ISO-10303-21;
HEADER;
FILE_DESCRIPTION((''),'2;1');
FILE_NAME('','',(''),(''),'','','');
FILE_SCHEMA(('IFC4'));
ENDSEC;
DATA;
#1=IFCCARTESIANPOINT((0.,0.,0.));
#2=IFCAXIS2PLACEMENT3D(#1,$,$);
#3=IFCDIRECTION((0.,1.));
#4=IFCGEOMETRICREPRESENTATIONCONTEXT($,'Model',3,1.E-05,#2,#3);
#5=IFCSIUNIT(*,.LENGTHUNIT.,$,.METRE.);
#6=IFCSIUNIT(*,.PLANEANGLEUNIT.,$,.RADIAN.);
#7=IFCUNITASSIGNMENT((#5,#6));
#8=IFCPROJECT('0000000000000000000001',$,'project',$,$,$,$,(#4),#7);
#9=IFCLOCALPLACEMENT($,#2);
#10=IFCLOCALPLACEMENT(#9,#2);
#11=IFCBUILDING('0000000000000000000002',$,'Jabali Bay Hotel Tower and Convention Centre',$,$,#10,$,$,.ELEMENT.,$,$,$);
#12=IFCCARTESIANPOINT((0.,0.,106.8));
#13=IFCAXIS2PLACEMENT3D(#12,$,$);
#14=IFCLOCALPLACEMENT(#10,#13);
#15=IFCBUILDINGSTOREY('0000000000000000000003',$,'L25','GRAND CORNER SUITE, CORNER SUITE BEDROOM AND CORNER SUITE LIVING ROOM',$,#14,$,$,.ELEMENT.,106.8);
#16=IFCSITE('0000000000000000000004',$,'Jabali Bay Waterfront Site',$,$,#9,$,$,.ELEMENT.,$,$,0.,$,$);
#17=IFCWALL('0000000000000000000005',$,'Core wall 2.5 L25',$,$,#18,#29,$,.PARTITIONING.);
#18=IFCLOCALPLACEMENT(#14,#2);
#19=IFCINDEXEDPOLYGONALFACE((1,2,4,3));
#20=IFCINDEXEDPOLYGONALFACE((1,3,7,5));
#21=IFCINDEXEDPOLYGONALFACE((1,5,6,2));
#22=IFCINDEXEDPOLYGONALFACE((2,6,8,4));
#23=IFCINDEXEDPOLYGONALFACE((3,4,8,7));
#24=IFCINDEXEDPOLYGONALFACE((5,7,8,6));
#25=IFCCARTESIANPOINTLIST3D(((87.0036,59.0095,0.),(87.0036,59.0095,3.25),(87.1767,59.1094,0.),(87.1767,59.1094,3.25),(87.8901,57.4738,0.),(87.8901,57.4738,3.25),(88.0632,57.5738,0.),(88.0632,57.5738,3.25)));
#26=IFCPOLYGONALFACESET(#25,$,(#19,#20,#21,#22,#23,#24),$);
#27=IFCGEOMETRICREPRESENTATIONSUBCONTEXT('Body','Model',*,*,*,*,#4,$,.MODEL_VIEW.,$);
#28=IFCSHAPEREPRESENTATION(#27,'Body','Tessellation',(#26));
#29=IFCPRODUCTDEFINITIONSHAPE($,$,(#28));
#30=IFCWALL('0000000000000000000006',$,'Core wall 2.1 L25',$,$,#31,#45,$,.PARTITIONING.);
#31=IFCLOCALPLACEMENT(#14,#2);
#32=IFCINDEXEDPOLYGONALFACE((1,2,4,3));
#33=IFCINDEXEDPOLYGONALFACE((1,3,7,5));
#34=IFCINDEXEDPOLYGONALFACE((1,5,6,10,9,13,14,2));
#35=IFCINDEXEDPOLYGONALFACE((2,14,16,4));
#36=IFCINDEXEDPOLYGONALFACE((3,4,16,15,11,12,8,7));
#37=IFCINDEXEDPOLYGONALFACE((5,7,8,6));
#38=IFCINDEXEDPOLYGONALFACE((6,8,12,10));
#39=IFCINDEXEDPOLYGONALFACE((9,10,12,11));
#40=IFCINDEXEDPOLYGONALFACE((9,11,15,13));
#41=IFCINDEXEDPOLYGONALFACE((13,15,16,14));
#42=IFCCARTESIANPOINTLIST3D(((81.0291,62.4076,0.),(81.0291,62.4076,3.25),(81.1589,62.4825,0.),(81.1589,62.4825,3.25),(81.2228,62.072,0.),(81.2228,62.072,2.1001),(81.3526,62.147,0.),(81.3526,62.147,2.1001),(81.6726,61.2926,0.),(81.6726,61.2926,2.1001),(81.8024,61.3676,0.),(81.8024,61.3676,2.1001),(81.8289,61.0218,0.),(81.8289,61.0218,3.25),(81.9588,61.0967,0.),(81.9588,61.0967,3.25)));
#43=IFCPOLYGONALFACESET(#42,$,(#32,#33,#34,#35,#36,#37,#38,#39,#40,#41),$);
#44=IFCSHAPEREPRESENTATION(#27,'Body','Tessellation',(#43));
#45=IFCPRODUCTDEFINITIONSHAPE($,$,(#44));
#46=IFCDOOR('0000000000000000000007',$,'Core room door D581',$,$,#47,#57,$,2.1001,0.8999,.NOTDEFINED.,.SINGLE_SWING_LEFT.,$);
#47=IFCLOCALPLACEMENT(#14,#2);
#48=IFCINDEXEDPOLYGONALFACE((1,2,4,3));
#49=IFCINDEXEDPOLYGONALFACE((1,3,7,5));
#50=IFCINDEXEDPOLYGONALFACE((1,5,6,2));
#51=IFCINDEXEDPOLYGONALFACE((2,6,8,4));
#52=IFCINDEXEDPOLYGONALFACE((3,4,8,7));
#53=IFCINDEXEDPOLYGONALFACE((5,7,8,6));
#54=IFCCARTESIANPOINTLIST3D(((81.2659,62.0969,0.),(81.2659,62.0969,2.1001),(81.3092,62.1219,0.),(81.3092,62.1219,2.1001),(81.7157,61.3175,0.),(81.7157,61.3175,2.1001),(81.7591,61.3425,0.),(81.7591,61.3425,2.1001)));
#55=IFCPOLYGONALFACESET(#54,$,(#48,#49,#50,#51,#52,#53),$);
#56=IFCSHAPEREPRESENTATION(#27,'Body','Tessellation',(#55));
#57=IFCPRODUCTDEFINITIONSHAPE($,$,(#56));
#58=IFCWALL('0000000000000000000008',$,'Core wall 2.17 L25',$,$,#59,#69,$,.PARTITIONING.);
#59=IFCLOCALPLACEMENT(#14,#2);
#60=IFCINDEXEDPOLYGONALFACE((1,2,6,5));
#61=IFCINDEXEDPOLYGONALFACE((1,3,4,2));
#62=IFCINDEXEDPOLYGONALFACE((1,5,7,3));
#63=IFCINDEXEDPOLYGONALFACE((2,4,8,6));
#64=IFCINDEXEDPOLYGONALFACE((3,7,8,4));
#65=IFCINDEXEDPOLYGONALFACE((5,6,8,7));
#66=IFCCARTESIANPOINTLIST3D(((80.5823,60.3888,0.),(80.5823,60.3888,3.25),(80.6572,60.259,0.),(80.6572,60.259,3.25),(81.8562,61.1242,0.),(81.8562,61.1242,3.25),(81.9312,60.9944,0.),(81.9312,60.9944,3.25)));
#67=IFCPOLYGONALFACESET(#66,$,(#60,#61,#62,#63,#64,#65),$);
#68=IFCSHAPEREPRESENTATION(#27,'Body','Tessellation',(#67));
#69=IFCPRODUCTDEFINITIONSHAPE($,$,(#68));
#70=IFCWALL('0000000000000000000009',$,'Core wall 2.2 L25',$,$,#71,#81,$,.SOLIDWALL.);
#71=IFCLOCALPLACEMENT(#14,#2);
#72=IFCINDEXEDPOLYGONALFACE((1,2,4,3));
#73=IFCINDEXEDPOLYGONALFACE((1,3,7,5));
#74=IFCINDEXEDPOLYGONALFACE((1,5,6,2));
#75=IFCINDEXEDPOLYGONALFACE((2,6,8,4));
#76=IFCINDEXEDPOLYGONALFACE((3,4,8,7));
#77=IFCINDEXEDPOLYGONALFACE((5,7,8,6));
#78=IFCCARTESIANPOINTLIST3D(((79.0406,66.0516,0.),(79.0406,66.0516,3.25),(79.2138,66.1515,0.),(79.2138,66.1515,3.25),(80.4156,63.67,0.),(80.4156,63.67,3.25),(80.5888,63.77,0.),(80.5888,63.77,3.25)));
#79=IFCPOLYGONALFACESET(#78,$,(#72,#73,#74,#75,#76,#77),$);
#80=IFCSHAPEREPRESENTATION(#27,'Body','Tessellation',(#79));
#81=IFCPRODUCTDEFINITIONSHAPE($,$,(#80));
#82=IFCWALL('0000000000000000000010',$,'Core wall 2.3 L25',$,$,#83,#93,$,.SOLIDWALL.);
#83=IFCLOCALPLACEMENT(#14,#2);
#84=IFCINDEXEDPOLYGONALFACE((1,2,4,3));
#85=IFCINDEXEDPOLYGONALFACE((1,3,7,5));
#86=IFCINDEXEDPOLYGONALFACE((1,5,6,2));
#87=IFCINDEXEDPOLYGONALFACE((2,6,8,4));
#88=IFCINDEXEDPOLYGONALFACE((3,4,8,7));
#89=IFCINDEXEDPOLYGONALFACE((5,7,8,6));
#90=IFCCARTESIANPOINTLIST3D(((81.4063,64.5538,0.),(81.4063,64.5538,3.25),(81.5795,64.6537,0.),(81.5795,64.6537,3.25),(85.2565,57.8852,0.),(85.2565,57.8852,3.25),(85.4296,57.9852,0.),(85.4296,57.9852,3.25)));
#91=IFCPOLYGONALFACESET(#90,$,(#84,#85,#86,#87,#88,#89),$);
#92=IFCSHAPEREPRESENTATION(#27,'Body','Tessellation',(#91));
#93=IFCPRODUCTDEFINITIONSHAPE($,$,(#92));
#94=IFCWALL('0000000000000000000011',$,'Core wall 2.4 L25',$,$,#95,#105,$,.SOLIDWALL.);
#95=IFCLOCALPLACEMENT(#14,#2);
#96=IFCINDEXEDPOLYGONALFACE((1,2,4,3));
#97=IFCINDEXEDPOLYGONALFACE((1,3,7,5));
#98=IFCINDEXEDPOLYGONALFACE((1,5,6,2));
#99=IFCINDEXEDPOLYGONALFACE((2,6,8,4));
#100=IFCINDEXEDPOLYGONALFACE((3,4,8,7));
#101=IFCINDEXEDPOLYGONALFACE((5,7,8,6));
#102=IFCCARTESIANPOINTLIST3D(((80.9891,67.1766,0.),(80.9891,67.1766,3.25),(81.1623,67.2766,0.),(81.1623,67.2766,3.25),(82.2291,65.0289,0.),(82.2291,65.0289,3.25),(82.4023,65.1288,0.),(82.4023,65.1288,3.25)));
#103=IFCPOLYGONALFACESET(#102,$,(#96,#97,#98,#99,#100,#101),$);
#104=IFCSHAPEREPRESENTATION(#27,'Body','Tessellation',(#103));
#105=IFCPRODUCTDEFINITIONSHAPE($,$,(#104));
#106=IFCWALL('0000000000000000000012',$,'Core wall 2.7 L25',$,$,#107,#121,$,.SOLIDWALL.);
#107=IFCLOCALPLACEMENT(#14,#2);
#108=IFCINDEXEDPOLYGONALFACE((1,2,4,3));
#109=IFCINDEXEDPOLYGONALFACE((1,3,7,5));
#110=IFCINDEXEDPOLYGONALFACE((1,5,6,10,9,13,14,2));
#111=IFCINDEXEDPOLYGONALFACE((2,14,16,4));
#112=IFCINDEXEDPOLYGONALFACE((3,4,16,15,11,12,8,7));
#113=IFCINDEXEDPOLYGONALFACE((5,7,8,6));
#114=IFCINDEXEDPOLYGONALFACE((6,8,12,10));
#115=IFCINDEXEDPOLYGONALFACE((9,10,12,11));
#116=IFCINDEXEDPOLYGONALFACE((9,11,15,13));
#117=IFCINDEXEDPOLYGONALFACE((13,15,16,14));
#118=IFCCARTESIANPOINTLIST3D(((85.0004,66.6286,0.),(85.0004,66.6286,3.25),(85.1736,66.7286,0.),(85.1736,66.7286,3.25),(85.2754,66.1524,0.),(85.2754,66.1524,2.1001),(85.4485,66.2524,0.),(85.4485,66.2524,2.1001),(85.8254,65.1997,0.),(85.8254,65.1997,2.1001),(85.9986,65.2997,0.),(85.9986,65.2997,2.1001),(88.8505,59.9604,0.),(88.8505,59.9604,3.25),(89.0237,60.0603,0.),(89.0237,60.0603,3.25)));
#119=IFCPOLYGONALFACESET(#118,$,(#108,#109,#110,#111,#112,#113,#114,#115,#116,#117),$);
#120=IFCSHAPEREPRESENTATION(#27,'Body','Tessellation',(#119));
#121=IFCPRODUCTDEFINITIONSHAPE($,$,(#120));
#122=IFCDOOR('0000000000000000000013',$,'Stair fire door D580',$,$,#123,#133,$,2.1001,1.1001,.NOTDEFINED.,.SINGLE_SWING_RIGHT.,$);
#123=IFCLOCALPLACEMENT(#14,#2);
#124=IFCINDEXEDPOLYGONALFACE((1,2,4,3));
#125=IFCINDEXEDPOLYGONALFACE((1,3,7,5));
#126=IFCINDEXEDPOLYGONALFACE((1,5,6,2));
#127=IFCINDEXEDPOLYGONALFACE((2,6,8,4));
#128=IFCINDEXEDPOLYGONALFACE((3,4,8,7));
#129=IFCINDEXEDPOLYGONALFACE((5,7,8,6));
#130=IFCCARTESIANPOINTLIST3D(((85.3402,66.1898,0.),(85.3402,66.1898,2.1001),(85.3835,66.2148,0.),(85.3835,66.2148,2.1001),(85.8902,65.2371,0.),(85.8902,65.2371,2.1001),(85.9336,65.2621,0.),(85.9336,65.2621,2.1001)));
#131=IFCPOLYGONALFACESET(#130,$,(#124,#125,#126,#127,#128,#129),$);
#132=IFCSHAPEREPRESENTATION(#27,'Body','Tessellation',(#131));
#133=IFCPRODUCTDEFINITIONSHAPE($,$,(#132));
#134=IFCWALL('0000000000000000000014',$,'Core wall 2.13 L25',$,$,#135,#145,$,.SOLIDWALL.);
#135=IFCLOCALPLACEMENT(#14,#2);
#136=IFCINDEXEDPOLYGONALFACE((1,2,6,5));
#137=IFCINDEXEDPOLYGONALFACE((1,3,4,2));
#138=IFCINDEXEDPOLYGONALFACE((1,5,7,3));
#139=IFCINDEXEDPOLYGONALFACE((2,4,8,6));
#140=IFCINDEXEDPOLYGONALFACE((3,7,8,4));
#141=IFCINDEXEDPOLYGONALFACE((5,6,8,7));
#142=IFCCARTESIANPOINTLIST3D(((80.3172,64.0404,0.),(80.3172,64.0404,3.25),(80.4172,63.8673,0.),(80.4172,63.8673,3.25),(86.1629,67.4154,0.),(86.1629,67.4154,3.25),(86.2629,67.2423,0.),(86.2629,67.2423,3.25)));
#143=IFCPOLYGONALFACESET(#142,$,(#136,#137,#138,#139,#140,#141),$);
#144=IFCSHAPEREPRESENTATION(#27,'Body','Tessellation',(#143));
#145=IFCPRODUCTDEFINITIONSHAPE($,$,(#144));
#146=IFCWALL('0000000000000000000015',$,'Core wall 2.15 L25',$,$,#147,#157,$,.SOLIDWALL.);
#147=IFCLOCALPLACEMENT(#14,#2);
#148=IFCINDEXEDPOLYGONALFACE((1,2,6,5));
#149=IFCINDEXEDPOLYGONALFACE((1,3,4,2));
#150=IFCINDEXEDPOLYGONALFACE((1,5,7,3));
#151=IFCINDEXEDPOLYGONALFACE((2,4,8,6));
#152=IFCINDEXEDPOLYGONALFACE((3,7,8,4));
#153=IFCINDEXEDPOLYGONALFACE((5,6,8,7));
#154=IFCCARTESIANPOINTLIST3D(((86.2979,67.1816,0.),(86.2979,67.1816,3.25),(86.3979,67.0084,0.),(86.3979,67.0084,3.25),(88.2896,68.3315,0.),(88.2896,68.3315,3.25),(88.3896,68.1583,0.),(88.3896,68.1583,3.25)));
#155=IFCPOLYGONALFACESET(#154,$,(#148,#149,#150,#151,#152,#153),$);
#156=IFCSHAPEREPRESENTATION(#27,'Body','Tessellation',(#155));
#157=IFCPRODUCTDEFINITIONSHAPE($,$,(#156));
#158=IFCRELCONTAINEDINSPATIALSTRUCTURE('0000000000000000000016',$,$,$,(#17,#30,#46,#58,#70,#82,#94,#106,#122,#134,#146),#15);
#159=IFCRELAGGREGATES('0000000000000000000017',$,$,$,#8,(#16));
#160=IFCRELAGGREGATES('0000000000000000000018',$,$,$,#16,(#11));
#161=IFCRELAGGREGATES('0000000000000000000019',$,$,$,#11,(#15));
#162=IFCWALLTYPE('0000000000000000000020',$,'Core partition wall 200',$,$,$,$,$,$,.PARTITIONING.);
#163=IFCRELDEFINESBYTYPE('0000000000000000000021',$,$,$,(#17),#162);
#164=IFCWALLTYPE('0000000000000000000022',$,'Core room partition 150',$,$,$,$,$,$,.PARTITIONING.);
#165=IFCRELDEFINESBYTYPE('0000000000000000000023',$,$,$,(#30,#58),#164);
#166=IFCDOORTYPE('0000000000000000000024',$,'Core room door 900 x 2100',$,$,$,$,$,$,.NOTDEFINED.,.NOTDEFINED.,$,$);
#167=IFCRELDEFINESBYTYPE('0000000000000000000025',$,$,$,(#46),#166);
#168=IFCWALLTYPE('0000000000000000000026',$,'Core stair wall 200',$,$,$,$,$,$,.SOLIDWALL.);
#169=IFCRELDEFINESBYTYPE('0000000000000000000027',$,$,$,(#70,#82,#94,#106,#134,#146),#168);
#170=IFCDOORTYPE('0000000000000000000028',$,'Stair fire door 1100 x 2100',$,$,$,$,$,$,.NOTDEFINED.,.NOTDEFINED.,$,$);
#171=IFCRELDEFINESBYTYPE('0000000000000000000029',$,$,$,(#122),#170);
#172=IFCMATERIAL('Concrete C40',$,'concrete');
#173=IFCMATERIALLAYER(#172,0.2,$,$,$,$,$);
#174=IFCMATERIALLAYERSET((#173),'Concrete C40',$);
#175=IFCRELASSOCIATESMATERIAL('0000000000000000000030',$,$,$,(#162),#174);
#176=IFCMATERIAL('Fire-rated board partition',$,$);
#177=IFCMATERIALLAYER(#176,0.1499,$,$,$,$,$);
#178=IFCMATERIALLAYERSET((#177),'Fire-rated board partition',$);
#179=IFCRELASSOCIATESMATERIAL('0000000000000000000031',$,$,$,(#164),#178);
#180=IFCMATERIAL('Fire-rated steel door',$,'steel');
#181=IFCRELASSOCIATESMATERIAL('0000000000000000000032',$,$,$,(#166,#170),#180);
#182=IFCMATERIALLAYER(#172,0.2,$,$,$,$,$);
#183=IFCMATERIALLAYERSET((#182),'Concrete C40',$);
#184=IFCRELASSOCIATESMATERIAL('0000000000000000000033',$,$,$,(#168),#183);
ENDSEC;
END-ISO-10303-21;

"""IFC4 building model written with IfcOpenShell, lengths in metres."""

from ifc_helpers import new_model, si_unit, direction, frame, frame_2d, origin, place, context, subcontext, project, spatial, rectangle, extrude, material, layer, layer_set, type_object, element, fill, save


model = new_model("IFC4")

# Units and contexts
model_context = context("Model", 3, precision=1e-05, world=origin(), true_north=direction((0.0, 1.0)))
body_context = subcontext(model_context, "Body", "Model", "MODEL_VIEW")
ifc_project = project(units=[si_unit("LENGTHUNIT", "METRE"), si_unit("PLANEANGLEUNIT", "RADIAN")], contexts=[model_context])

# Site, building, storey
site_placement = place(None, origin())
site = spatial("IfcSite", under=ifc_project, at=site_placement, Name="Jabali Bay Waterfront Site", CompositionType="ELEMENT", RefElevation=0.0)
building_placement = place(site_placement, origin())
building = spatial("IfcBuilding", under=site, at=building_placement, Name="Jabali Bay Hotel Tower and Convention Centre", CompositionType="ELEMENT")
storey_placement = place(building_placement, frame((0.0, 0.0, 106.8)))
storey = spatial("IfcBuildingStorey", under=building, at=storey_placement, Name="L25", Description="GRAND CORNER SUITE, CORNER SUITE BEDROOM AND CORNER SUITE LIVING ROOM", CompositionType="ELEMENT", Elevation=106.8)

# Wall
ifc_material_1 = material(Name="Concrete C40", Category="concrete")
ifc_layer_1 = layer(ifc_material_1, 0.2)
ifc_layer_set_1 = layer_set([ifc_layer_1], Name="Concrete C40")
wall_type_1 = type_object("IfcWallType", Name="Core partition wall 200", PredefinedType="PARTITIONING", material=ifc_layer_set_1)
wall_1_placement = place(storey_placement, frame((87.0901, 59.0596, 0.0), z_axis=(0.0, 0.0, 1.0), x_axis=(0.499945, -0.866057, 0.0)))
element("IfcWall", 1, at=wall_1_placement, inside=storey, type_object=wall_type_1, Name="Core wall 2.5 L25", PredefinedType="PARTITIONING", context=body_context, shape_type="SweptSolid", body=[
    extrude(rectangle(XDim=1.7732, YDim=0.2, at=frame_2d((0.8867, 0.0))), origin(), (0.0, 0.0, 1.0), 3.25),
])

# Wall, opening, door
ifc_material_2 = material(Name="Fire-rated board partition")
ifc_layer_2 = layer(ifc_material_2, 0.1499)
ifc_layer_set_2 = layer_set([ifc_layer_2], Name="Fire-rated board partition")
wall_type_2 = type_object("IfcWallType", Name="Core room partition 150", PredefinedType="PARTITIONING", material=ifc_layer_set_2)
wall_2_placement = place(storey_placement, frame((81.094, 62.4451, 0.0), z_axis=(0.0, 0.0, 1.0), x_axis=(0.499881, -0.866094, 0.0)))
wall_2 = element("IfcWall", 2, at=wall_2_placement, inside=storey, type_object=wall_type_2, Name="Core wall 2.1 L25", PredefinedType="PARTITIONING", context=body_context, shape_type="SweptSolid", body=[
    extrude(rectangle(XDim=1.6001, YDim=0.1499, at=frame_2d((0.8, 0.0))), origin(), (0.0, 0.0, 1.0), 3.25),
])
opening_1_placement = place(wall_2_placement, frame((0.3875, 0.0, 0.0)))
opening_1 = element("IfcOpeningElement", 3, at=opening_1_placement, cuts=wall_2, PredefinedType="OPENING", context=body_context, shape_type="SweptSolid", body=[
    extrude(rectangle(XDim=0.8999, YDim=2.1001, at=frame_2d((0.45, 1.05))), frame((0.0, 0.0854, 0.0), z_axis=(0.0, -1.0, 0.0), x_axis=(1.0, 0.0, 0.0)), (0.0, 0.0, 1.0), 0.1709),
])
ifc_material_3 = material(Name="Fire-rated steel door", Category="steel")
door_type_1 = type_object("IfcDoorType", Name="Core room door 900 x 2100", OperationType="NOTDEFINED", PredefinedType="NOTDEFINED", material=ifc_material_3)
door_1_placement = place(opening_1_placement, origin())
door_1 = element("IfcDoor", 4, at=door_1_placement, inside=storey, type_object=door_type_1, Name="Core room door D581", OperationType="SINGLE_SWING_LEFT", OverallHeight=2.1001, OverallWidth=0.8999, PredefinedType="NOTDEFINED", context=body_context, shape_type="SweptSolid", body=[
    extrude(rectangle(XDim=0.8999, YDim=2.1001, at=frame_2d((0.45, 1.05))), frame((0.0, 0.0249, 0.0), z_axis=(0.0, -1.0, 0.0), x_axis=(1.0, 0.0, 0.0)), (0.0, 0.0, 1.0), 0.05),
])
fill(opening_1, door_1)

# Walls
wall_3_placement = place(storey_placement, frame((80.6199, 60.324, 0.0), z_axis=(0.0, 0.0, 1.0), x_axis=(0.86607, 0.499924, 0.0)))
element("IfcWall", 5, at=wall_3_placement, inside=storey, type_object=wall_type_2, Name="Core wall 2.17 L25", PredefinedType="PARTITIONING", context=body_context, shape_type="SweptSolid", body=[
    extrude(rectangle(XDim=1.4709, YDim=0.1499, at=frame_2d((0.7354, 0.0))), origin(), (0.0, 0.0, 1.0), 3.25),
])
ifc_layer_3 = layer(ifc_material_1, 0.2)
ifc_layer_set_3 = layer_set([ifc_layer_3], Name="Concrete C40")
wall_type_3 = type_object("IfcWallType", Name="Core stair wall 200", PredefinedType="SOLIDWALL", material=ifc_layer_set_3)
wall_4_placement = place(storey_placement, frame((79.1272, 66.1016, 0.0), z_axis=(0.0, 0.0, 1.0), x_axis=(0.499997, -0.866027, 0.0)))
element("IfcWall", 6, at=wall_4_placement, inside=storey, type_object=wall_type_3, Name="Core wall 2.2 L25", PredefinedType="SOLIDWALL", context=body_context, shape_type="SweptSolid", body=[
    extrude(rectangle(XDim=2.75, YDim=0.2, at=frame_2d((1.375, 0.0))), origin(), (0.0, 0.0, 1.0), 3.25),
])
wall_5_placement = place(storey_placement, frame((81.4929, 64.6038, 0.0), z_axis=(0.0, 0.0, 1.0), x_axis=(0.500006, -0.866022, 0.0)))
element("IfcWall", 7, at=wall_5_placement, inside=storey, type_object=wall_type_3, Name="Core wall 2.3 L25", PredefinedType="SOLIDWALL", context=body_context, shape_type="SweptSolid", body=[
    extrude(rectangle(XDim=7.7002, YDim=0.2, at=frame_2d((3.8501, 0.0))), origin(), (0.0, 0.0, 1.0), 3.25),
])
wall_6_placement = place(storey_placement, frame((81.0757, 67.2266, 0.0), z_axis=(0.0, 0.0, 1.0), x_axis=(0.500004, -0.866023, 0.0)))
element("IfcWall", 8, at=wall_6_placement, inside=storey, type_object=wall_type_3, Name="Core wall 2.4 L25", PredefinedType="SOLIDWALL", context=body_context, shape_type="SweptSolid", body=[
    extrude(rectangle(XDim=2.48, YDim=0.2, at=frame_2d((1.24, 0.0))), origin(), (0.0, 0.0, 1.0), 3.25),
])

# Wall, opening, door
wall_7_placement = place(storey_placement, frame((85.0869, 66.6787, 0.0), z_axis=(0.0, 0.0, 1.0), x_axis=(0.50002, -0.866014, 0.0)))
wall_7 = element("IfcWall", 9, at=wall_7_placement, inside=storey, type_object=wall_type_3, Name="Core wall 2.7 L25", PredefinedType="SOLIDWALL", context=body_context, shape_type="SweptSolid", body=[
    extrude(rectangle(XDim=7.7, YDim=0.2, at=frame_2d((3.8501, 0.0))), origin(), (0.0, 0.0, 1.0), 3.25),
])
opening_2_placement = place(wall_7_placement, frame((0.55, 0.0, 0.0)))
opening_2 = element("IfcOpeningElement", 10, at=opening_2_placement, cuts=wall_7, PredefinedType="OPENING", context=body_context, shape_type="SweptSolid", body=[
    extrude(rectangle(XDim=1.1001, YDim=2.1001, at=frame_2d((0.55, 1.05))), frame((0.0, 0.1104, 0.0), z_axis=(0.0, -1.0, 0.0), x_axis=(1.0, 0.0, 0.0)), (0.0, 0.0, 1.0), 0.2209),
])
door_type_2 = type_object("IfcDoorType", Name="Stair fire door 1100 x 2100", OperationType="NOTDEFINED", PredefinedType="NOTDEFINED", material=ifc_material_3)
door_2_placement = place(opening_2_placement, origin())
door_2 = element("IfcDoor", 11, at=door_2_placement, inside=storey, type_object=door_type_2, Name="Stair fire door D580", OperationType="SINGLE_SWING_RIGHT", OverallHeight=2.1001, OverallWidth=1.1001, PredefinedType="NOTDEFINED", context=body_context, shape_type="SweptSolid", body=[
    extrude(rectangle(XDim=1.1001, YDim=2.1001, at=frame_2d((0.55, 1.05))), frame((0.0, 0.0249, 0.0), z_axis=(0.0, -1.0, 0.0), x_axis=(1.0, 0.0, 0.0)), (0.0, 0.0, 1.0), 0.05),
])
fill(opening_2, door_2)

# Walls
wall_8_placement = place(storey_placement, frame((80.3672, 63.9539, 0.0), z_axis=(0.0, 0.0, 1.0), x_axis=(0.866027, 0.499998, 0.0)))
element("IfcWall", 12, at=wall_8_placement, inside=storey, type_object=wall_type_3, Name="Core wall 2.13 L25", PredefinedType="SOLIDWALL", context=body_context, shape_type="SweptSolid", body=[
    extrude(rectangle(XDim=6.75, YDim=0.2, at=frame_2d((3.375, 0.0))), origin(), (0.0, 0.0, 1.0), 3.25),
])
wall_9_placement = place(storey_placement, frame((86.3479, 67.095, 0.0), z_axis=(0.0, 0.0, 1.0), x_axis=(0.866026, 0.499998, 0.0)))
element("IfcWall", 13, at=wall_9_placement, inside=storey, type_object=wall_type_3, Name="Core wall 2.15 L25", PredefinedType="SOLIDWALL", context=body_context, shape_type="SweptSolid", body=[
    extrude(rectangle(XDim=2.2998, YDim=0.2, at=frame_2d((1.1499, 0.0))), origin(), (0.0, 0.0, 1.0), 3.25),
])

save(model, "model.ifc")
